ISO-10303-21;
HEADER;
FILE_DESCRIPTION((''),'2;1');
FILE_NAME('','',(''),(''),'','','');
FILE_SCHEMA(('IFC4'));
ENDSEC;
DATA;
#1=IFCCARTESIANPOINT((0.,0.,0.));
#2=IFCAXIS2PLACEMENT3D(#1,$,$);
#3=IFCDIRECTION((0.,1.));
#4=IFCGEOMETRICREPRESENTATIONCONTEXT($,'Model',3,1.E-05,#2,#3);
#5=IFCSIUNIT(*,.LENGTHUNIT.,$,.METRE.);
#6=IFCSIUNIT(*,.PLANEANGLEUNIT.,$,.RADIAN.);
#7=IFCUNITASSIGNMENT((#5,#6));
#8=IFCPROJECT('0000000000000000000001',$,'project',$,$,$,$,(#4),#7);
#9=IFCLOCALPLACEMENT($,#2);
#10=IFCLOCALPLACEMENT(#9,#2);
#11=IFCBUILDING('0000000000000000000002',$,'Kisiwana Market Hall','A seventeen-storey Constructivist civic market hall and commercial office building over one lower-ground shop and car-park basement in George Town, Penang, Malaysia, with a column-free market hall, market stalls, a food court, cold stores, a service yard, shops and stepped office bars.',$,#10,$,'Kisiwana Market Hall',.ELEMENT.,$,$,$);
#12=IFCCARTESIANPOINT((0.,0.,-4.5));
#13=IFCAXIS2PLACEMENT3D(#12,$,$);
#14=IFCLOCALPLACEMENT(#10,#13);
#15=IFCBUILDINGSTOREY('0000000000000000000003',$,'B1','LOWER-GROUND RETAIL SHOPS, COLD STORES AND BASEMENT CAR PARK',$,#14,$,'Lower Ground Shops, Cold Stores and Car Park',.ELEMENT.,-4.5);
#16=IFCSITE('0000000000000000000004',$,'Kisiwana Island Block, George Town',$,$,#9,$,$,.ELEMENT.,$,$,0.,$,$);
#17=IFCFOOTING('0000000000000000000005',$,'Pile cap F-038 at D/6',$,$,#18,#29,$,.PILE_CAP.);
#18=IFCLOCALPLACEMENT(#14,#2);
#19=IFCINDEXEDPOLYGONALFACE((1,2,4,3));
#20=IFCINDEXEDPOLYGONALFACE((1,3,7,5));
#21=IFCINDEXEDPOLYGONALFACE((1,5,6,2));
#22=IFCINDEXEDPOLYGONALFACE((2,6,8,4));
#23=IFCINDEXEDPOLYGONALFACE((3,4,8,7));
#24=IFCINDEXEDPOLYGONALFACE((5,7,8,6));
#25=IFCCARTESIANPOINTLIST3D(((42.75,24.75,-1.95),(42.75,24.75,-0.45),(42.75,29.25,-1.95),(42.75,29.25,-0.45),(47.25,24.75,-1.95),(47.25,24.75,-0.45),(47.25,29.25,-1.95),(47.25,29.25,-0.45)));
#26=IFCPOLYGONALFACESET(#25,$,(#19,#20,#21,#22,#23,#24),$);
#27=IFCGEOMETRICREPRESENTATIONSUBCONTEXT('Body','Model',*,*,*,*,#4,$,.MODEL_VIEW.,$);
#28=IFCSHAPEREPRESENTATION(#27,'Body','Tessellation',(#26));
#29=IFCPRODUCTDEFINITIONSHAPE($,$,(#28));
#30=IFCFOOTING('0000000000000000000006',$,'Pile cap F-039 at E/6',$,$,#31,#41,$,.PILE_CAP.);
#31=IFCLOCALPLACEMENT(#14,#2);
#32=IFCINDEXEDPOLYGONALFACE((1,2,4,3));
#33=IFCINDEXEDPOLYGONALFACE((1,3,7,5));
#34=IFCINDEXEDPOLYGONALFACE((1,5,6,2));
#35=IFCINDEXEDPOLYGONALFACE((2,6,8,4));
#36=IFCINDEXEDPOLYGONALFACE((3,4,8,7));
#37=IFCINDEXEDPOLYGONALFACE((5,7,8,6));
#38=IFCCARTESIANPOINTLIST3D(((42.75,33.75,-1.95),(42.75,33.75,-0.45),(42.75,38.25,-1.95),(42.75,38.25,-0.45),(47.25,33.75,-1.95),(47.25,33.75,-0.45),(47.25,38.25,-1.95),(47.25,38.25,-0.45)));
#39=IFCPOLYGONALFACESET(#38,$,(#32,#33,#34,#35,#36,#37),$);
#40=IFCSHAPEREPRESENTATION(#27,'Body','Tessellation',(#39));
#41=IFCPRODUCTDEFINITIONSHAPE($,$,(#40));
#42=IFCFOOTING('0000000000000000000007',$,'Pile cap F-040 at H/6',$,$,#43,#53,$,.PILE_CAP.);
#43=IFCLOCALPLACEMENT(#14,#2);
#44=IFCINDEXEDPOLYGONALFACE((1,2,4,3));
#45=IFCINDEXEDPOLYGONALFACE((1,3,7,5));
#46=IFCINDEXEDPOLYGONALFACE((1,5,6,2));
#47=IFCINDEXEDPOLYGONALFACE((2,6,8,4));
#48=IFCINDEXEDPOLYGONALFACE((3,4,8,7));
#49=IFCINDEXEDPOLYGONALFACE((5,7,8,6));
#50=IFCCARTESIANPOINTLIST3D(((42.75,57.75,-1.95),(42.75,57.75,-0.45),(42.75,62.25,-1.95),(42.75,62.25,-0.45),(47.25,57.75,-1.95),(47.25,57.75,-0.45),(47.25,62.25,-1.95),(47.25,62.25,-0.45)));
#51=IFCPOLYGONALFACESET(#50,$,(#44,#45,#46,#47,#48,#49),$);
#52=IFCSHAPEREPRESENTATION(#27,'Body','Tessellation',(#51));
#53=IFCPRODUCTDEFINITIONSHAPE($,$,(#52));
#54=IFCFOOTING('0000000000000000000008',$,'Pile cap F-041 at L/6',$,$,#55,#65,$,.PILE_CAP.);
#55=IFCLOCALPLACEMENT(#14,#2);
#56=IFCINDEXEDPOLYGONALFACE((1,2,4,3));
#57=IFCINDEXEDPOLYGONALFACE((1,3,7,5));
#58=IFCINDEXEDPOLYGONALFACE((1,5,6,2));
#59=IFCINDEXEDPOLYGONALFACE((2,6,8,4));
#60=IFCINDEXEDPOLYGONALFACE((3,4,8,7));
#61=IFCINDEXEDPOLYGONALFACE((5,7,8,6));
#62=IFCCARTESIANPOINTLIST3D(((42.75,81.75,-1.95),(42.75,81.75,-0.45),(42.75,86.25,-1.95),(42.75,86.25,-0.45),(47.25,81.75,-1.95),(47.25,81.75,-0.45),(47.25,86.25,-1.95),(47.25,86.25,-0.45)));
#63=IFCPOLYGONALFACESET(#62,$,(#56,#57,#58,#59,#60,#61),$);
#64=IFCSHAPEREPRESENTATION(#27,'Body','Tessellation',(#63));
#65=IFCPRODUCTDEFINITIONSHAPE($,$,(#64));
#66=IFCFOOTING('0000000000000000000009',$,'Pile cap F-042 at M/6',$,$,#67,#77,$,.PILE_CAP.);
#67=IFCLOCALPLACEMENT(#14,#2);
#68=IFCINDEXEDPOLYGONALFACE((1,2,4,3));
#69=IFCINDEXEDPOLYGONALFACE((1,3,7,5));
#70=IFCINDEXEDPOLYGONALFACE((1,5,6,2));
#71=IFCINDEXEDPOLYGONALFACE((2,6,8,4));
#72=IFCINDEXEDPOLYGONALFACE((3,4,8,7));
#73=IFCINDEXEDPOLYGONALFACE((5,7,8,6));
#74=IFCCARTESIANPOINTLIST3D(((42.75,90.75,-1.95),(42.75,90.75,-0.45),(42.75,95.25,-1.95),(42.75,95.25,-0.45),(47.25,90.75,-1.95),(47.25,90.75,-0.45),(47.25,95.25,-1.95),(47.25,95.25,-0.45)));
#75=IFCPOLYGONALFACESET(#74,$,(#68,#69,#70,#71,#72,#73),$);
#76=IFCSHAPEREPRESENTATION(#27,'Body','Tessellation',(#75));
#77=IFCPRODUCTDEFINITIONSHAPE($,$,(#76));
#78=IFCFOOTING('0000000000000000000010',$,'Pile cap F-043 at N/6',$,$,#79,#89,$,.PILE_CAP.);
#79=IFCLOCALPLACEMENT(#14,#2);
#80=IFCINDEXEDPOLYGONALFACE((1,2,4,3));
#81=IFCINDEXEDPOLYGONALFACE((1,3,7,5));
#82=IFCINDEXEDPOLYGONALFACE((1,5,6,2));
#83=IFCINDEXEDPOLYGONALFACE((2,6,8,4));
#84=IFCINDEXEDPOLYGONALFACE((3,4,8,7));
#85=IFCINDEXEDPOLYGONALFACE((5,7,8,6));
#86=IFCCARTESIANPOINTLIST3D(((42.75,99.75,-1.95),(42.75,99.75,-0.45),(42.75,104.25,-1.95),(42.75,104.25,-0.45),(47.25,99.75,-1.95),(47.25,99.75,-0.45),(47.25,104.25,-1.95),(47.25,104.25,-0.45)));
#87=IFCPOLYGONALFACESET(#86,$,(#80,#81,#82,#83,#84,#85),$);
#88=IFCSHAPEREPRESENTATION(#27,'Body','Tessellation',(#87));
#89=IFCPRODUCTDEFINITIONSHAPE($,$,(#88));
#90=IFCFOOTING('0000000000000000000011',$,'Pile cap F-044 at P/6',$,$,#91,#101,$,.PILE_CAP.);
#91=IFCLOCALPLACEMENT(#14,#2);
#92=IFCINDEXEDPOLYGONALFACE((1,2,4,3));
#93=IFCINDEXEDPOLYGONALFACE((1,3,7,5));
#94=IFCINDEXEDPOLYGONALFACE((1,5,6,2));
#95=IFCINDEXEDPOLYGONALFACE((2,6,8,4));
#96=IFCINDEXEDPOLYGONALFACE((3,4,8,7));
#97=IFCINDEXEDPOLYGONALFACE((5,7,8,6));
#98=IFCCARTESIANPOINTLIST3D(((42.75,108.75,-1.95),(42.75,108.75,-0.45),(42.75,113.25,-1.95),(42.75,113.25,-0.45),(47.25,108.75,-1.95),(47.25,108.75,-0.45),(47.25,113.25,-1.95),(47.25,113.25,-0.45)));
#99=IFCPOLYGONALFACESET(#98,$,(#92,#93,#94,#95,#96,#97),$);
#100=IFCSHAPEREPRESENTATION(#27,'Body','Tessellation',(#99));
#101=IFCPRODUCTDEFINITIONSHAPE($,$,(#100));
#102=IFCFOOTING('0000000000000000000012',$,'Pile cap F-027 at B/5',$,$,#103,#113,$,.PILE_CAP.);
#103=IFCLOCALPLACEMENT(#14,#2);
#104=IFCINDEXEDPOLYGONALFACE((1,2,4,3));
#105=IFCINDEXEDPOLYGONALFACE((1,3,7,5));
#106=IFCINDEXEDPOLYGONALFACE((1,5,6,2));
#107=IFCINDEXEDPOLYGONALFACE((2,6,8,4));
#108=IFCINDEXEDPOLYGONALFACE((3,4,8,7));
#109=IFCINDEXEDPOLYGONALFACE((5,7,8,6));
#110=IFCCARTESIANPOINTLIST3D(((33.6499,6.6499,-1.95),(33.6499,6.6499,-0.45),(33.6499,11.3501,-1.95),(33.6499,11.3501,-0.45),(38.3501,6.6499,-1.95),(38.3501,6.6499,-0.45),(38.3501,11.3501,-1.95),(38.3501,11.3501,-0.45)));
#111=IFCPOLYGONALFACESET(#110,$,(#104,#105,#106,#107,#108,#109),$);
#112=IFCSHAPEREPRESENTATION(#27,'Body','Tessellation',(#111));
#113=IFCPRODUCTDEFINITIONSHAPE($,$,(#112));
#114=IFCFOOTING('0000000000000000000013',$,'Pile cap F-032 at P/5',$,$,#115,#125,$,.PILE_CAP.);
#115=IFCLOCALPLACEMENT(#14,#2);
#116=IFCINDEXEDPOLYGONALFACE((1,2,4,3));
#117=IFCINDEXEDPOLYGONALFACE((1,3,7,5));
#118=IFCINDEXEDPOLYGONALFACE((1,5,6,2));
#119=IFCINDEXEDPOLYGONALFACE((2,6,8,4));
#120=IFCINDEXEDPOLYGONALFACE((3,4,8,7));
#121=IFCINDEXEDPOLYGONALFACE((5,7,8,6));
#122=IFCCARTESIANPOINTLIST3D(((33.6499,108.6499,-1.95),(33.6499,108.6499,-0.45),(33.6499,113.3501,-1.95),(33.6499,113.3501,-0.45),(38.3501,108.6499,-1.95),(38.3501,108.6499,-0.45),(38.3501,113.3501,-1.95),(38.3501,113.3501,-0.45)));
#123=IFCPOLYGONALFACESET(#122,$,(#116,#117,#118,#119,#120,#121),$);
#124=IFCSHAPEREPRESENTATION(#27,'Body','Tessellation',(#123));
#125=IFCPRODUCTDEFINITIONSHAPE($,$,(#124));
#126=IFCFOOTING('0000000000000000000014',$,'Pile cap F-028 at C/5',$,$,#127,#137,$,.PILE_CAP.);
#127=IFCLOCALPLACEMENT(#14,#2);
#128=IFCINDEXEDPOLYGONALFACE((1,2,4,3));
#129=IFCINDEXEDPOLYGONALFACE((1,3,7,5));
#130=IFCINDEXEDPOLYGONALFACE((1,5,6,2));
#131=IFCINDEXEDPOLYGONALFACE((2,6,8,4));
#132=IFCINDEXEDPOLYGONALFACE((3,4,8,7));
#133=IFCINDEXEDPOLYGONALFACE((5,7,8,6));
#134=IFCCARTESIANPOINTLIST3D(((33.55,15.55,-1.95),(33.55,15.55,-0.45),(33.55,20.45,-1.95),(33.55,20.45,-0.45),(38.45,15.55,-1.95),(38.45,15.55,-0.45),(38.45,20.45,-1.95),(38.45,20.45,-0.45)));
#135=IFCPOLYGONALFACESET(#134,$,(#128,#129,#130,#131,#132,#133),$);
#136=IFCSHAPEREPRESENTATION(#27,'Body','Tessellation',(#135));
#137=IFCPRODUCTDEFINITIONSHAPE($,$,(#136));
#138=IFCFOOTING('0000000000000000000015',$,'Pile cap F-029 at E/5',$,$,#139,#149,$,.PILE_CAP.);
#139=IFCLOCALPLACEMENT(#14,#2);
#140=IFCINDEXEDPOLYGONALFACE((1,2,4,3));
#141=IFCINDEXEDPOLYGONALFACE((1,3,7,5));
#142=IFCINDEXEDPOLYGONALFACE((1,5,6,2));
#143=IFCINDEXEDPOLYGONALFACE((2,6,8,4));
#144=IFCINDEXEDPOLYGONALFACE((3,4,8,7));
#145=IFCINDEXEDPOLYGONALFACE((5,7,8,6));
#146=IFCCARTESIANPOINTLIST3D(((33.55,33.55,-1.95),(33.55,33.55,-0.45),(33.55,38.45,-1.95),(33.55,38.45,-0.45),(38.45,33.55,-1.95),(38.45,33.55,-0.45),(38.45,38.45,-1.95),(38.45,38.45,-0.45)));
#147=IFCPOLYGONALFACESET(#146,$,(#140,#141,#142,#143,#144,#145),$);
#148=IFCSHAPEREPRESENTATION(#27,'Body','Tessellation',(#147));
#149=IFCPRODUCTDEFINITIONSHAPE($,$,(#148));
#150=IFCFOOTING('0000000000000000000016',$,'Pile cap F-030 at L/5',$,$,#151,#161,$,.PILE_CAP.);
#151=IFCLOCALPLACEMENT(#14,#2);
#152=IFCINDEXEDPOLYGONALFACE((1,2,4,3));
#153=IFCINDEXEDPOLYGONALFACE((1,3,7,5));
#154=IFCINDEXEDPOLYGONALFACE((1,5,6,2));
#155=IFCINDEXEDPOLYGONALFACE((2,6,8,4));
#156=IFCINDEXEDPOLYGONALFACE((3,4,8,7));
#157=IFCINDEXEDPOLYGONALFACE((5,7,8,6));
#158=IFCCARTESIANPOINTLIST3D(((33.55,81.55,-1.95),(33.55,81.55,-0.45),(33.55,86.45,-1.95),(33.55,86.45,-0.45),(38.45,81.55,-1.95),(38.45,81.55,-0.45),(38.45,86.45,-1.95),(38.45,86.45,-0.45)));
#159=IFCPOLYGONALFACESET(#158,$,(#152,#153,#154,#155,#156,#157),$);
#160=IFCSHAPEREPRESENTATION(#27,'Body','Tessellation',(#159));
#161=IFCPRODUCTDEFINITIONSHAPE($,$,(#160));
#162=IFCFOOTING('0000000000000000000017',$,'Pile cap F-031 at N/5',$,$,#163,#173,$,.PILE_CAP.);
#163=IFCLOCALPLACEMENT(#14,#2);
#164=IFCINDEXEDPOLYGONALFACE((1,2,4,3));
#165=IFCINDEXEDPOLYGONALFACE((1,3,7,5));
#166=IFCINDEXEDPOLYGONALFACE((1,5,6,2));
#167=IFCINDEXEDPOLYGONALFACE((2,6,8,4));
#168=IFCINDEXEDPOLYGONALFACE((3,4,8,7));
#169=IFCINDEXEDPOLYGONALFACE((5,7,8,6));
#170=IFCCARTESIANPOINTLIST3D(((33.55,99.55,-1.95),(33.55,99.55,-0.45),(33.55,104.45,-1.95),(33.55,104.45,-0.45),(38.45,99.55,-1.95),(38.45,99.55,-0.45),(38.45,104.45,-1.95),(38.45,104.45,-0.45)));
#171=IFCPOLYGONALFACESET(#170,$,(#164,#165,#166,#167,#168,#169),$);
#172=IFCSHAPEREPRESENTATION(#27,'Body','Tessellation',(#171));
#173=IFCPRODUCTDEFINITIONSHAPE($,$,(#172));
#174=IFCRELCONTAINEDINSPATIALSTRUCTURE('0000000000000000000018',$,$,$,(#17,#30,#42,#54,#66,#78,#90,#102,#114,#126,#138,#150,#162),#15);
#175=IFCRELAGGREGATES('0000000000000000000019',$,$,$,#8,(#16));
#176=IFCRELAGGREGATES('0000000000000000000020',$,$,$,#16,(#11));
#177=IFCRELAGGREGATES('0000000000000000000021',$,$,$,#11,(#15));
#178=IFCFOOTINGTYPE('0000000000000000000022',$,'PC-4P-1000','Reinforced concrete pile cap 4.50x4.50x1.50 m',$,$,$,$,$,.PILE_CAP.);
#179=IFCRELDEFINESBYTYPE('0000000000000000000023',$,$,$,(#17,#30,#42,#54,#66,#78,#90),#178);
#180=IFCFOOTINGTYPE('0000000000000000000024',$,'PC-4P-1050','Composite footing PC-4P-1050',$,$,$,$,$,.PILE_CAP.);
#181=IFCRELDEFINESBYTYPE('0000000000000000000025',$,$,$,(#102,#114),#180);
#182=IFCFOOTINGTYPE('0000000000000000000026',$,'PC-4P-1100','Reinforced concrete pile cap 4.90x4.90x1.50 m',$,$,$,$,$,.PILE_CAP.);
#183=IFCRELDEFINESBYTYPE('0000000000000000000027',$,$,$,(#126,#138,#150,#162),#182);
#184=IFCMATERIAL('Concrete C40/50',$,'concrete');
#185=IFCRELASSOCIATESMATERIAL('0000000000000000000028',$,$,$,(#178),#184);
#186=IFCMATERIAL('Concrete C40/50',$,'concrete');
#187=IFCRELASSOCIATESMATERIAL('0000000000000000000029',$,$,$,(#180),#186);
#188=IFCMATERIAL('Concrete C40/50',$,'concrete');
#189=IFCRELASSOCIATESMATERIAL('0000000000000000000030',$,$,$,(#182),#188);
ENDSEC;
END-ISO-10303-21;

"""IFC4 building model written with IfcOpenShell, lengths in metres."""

from ifc_helpers import new_model, si_unit, direction, frame, origin, place, context, subcontext, project, spatial, polyline, outline, extrude, material, type_object, element, save


model = new_model("IFC4")

# Units and contexts
model_context = context("Model", 3, precision=1e-05, world=origin(), true_north=direction((0.0, 1.0)))
body_context = subcontext(model_context, "Body", "Model", "MODEL_VIEW")
ifc_project = project(units=[si_unit("LENGTHUNIT", "METRE"), si_unit("PLANEANGLEUNIT", "RADIAN")], contexts=[model_context])

# Site, building, storey
site_placement = place(None, origin())
site = spatial("IfcSite", under=ifc_project, at=site_placement, Name="Kisiwana Island Block, George Town", CompositionType="ELEMENT", RefElevation=0.0)
building_placement = place(site_placement, origin())
building = spatial("IfcBuilding", under=site, at=building_placement, Name="Kisiwana Market Hall", Description="A seventeen-storey Constructivist civic market hall and commercial office building over one lower-ground shop and car-park basement in George Town, Penang, Malaysia, with a column-free market hall, market stalls, a food court, cold stores, a service yard, shops and stepped office bars.", LongName="Kisiwana Market Hall", CompositionType="ELEMENT")
storey_placement = place(building_placement, frame((0.0, 0.0, -4.5)))
storey = spatial("IfcBuildingStorey", under=building, at=storey_placement, Name="B1", Description="LOWER-GROUND RETAIL SHOPS, COLD STORES AND BASEMENT CAR PARK", LongName="Lower Ground Shops, Cold Stores and Car Park", CompositionType="ELEMENT", Elevation=-4.5)

# Footings
ifc_material_1 = material(Name="Concrete C40/50", Category="concrete")
footing_type_1 = type_object("IfcFootingType", Name="PC-4P-1000", Description="Reinforced concrete pile cap 4.50x4.50x1.50 m", PredefinedType="PILE_CAP", material=ifc_material_1)
footing_1_placement = place(storey_placement, frame((0.0, 0.0, -1.95)))
element("IfcFooting", 1, at=footing_1_placement, inside=storey, type_object=footing_type_1, Name="Pile cap F-038 at D/6", PredefinedType="PILE_CAP", context=body_context, shape_type="SweptSolid", body=[
    extrude(outline(polyline([(42.75, 24.75), (47.25, 24.75), (47.25, 29.25), (42.75, 29.25), (42.75, 24.75)])), origin(), (0.0, 0.0, 1.0), 1.5),
])
footing_2_placement = place(storey_placement, frame((0.0, 0.0, -1.95)))
element("IfcFooting", 2, at=footing_2_placement, inside=storey, type_object=footing_type_1, Name="Pile cap F-039 at E/6", PredefinedType="PILE_CAP", context=body_context, shape_type="SweptSolid", body=[
    extrude(outline(polyline([(42.75, 33.75), (47.25, 33.75), (47.25, 38.25), (42.75, 38.25), (42.75, 33.75)])), origin(), (0.0, 0.0, 1.0), 1.5),
])
footing_3_placement = place(storey_placement, frame((0.0, 0.0, -1.95)))
element("IfcFooting", 3, at=footing_3_placement, inside=storey, type_object=footing_type_1, Name="Pile cap F-040 at H/6", PredefinedType="PILE_CAP", context=body_context, shape_type="SweptSolid", body=[
    extrude(outline(polyline([(42.75, 57.75), (47.25, 57.75), (47.25, 62.25), (42.75, 62.25), (42.75, 57.75)])), origin(), (0.0, 0.0, 1.0), 1.5),
])
footing_4_placement = place(storey_placement, frame((0.0, 0.0, -1.95)))
element("IfcFooting", 4, at=footing_4_placement, inside=storey, type_object=footing_type_1, Name="Pile cap F-041 at L/6", PredefinedType="PILE_CAP", context=body_context, shape_type="SweptSolid", body=[
    extrude(outline(polyline([(42.75, 81.75), (47.25, 81.75), (47.25, 86.25), (42.75, 86.25), (42.75, 81.75)])), origin(), (0.0, 0.0, 1.0), 1.5),
])
footing_5_placement = place(storey_placement, frame((0.0, 0.0, -1.95)))
element("IfcFooting", 5, at=footing_5_placement, inside=storey, type_object=footing_type_1, Name="Pile cap F-042 at M/6", PredefinedType="PILE_CAP", context=body_context, shape_type="SweptSolid", body=[
    extrude(outline(polyline([(42.75, 90.75), (47.25, 90.75), (47.25, 95.25), (42.75, 95.25), (42.75, 90.75)])), origin(), (0.0, 0.0, 1.0), 1.5),
])
footing_6_placement = place(storey_placement, frame((0.0, 0.0, -1.95)))
element("IfcFooting", 6, at=footing_6_placement, inside=storey, type_object=footing_type_1, Name="Pile cap F-043 at N/6", PredefinedType="PILE_CAP", context=body_context, shape_type="SweptSolid", body=[
    extrude(outline(polyline([(42.75, 99.75), (47.25, 99.75), (47.25, 104.25), (42.75, 104.25), (42.75, 99.75)])), origin(), (0.0, 0.0, 1.0), 1.5),
])
footing_7_placement = place(storey_placement, frame((0.0, 0.0, -1.95)))
element("IfcFooting", 7, at=footing_7_placement, inside=storey, type_object=footing_type_1, Name="Pile cap F-044 at P/6", PredefinedType="PILE_CAP", context=body_context, shape_type="SweptSolid", body=[
    extrude(outline(polyline([(42.75, 108.75), (47.25, 108.75), (47.25, 113.25), (42.75, 113.25), (42.75, 108.75)])), origin(), (0.0, 0.0, 1.0), 1.5),
])
ifc_material_2 = material(Name="Concrete C40/50", Category="concrete")
footing_type_2 = type_object("IfcFootingType", Name="PC-4P-1050", Description="Composite footing PC-4P-1050", PredefinedType="PILE_CAP", material=ifc_material_2)
footing_8_placement = place(storey_placement, frame((0.0, 0.0, -1.95)))
element("IfcFooting", 8, at=footing_8_placement, inside=storey, type_object=footing_type_2, Name="Pile cap F-027 at B/5", PredefinedType="PILE_CAP", context=body_context, shape_type="SweptSolid", body=[
    extrude(outline(polyline([(33.6499, 6.6499), (38.3501, 6.6499), (38.3501, 11.3501), (33.6499, 11.3501), (33.6499, 6.6499)])), origin(), (0.0, 0.0, 1.0), 1.5),
])
footing_9_placement = place(storey_placement, frame((0.0, 0.0, -1.95)))
element("IfcFooting", 9, at=footing_9_placement, inside=storey, type_object=footing_type_2, Name="Pile cap F-032 at P/5", PredefinedType="PILE_CAP", context=body_context, shape_type="SweptSolid", body=[
    extrude(outline(polyline([(33.6499, 108.6499), (38.3501, 108.6499), (38.3501, 113.3501), (33.6499, 113.3501), (33.6499, 108.6499)])), origin(), (0.0, 0.0, 1.0), 1.5),
])
ifc_material_3 = material(Name="Concrete C40/50", Category="concrete")
footing_type_3 = type_object("IfcFootingType", Name="PC-4P-1100", Description="Reinforced concrete pile cap 4.90x4.90x1.50 m", PredefinedType="PILE_CAP", material=ifc_material_3)
footing_10_placement = place(storey_placement, frame((0.0, 0.0, -1.95)))
element("IfcFooting", 10, at=footing_10_placement, inside=storey, type_object=footing_type_3, Name="Pile cap F-028 at C/5", PredefinedType="PILE_CAP", context=body_context, shape_type="SweptSolid", body=[
    extrude(outline(polyline([(33.55, 15.55), (38.45, 15.55), (38.45, 20.45), (33.55, 20.45), (33.55, 15.55)])), origin(), (0.0, 0.0, 1.0), 1.5),
])
footing_11_placement = place(storey_placement, frame((0.0, 0.0, -1.95)))
element("IfcFooting", 11, at=footing_11_placement, inside=storey, type_object=footing_type_3, Name="Pile cap F-029 at E/5", PredefinedType="PILE_CAP", context=body_context, shape_type="SweptSolid", body=[
    extrude(outline(polyline([(33.55, 33.55), (38.45, 33.55), (38.45, 38.45), (33.55, 38.45), (33.55, 33.55)])), origin(), (0.0, 0.0, 1.0), 1.5),
])
footing_12_placement = place(storey_placement, frame((0.0, 0.0, -1.95)))
element("IfcFooting", 12, at=footing_12_placement, inside=storey, type_object=footing_type_3, Name="Pile cap F-030 at L/5", PredefinedType="PILE_CAP", context=body_context, shape_type="SweptSolid", body=[
    extrude(outline(polyline([(33.55, 81.55), (38.45, 81.55), (38.45, 86.45), (33.55, 86.45), (33.55, 81.55)])), origin(), (0.0, 0.0, 1.0), 1.5),
])
footing_13_placement = place(storey_placement, frame((0.0, 0.0, -1.95)))
element("IfcFooting", 13, at=footing_13_placement, inside=storey, type_object=footing_type_3, Name="Pile cap F-031 at N/5", PredefinedType="PILE_CAP", context=body_context, shape_type="SweptSolid", body=[
    extrude(outline(polyline([(33.55, 99.55), (38.45, 99.55), (38.45, 104.45), (33.55, 104.45), (33.55, 99.55)])), origin(), (0.0, 0.0, 1.0), 1.5),
])

save(model, "model.ifc")
